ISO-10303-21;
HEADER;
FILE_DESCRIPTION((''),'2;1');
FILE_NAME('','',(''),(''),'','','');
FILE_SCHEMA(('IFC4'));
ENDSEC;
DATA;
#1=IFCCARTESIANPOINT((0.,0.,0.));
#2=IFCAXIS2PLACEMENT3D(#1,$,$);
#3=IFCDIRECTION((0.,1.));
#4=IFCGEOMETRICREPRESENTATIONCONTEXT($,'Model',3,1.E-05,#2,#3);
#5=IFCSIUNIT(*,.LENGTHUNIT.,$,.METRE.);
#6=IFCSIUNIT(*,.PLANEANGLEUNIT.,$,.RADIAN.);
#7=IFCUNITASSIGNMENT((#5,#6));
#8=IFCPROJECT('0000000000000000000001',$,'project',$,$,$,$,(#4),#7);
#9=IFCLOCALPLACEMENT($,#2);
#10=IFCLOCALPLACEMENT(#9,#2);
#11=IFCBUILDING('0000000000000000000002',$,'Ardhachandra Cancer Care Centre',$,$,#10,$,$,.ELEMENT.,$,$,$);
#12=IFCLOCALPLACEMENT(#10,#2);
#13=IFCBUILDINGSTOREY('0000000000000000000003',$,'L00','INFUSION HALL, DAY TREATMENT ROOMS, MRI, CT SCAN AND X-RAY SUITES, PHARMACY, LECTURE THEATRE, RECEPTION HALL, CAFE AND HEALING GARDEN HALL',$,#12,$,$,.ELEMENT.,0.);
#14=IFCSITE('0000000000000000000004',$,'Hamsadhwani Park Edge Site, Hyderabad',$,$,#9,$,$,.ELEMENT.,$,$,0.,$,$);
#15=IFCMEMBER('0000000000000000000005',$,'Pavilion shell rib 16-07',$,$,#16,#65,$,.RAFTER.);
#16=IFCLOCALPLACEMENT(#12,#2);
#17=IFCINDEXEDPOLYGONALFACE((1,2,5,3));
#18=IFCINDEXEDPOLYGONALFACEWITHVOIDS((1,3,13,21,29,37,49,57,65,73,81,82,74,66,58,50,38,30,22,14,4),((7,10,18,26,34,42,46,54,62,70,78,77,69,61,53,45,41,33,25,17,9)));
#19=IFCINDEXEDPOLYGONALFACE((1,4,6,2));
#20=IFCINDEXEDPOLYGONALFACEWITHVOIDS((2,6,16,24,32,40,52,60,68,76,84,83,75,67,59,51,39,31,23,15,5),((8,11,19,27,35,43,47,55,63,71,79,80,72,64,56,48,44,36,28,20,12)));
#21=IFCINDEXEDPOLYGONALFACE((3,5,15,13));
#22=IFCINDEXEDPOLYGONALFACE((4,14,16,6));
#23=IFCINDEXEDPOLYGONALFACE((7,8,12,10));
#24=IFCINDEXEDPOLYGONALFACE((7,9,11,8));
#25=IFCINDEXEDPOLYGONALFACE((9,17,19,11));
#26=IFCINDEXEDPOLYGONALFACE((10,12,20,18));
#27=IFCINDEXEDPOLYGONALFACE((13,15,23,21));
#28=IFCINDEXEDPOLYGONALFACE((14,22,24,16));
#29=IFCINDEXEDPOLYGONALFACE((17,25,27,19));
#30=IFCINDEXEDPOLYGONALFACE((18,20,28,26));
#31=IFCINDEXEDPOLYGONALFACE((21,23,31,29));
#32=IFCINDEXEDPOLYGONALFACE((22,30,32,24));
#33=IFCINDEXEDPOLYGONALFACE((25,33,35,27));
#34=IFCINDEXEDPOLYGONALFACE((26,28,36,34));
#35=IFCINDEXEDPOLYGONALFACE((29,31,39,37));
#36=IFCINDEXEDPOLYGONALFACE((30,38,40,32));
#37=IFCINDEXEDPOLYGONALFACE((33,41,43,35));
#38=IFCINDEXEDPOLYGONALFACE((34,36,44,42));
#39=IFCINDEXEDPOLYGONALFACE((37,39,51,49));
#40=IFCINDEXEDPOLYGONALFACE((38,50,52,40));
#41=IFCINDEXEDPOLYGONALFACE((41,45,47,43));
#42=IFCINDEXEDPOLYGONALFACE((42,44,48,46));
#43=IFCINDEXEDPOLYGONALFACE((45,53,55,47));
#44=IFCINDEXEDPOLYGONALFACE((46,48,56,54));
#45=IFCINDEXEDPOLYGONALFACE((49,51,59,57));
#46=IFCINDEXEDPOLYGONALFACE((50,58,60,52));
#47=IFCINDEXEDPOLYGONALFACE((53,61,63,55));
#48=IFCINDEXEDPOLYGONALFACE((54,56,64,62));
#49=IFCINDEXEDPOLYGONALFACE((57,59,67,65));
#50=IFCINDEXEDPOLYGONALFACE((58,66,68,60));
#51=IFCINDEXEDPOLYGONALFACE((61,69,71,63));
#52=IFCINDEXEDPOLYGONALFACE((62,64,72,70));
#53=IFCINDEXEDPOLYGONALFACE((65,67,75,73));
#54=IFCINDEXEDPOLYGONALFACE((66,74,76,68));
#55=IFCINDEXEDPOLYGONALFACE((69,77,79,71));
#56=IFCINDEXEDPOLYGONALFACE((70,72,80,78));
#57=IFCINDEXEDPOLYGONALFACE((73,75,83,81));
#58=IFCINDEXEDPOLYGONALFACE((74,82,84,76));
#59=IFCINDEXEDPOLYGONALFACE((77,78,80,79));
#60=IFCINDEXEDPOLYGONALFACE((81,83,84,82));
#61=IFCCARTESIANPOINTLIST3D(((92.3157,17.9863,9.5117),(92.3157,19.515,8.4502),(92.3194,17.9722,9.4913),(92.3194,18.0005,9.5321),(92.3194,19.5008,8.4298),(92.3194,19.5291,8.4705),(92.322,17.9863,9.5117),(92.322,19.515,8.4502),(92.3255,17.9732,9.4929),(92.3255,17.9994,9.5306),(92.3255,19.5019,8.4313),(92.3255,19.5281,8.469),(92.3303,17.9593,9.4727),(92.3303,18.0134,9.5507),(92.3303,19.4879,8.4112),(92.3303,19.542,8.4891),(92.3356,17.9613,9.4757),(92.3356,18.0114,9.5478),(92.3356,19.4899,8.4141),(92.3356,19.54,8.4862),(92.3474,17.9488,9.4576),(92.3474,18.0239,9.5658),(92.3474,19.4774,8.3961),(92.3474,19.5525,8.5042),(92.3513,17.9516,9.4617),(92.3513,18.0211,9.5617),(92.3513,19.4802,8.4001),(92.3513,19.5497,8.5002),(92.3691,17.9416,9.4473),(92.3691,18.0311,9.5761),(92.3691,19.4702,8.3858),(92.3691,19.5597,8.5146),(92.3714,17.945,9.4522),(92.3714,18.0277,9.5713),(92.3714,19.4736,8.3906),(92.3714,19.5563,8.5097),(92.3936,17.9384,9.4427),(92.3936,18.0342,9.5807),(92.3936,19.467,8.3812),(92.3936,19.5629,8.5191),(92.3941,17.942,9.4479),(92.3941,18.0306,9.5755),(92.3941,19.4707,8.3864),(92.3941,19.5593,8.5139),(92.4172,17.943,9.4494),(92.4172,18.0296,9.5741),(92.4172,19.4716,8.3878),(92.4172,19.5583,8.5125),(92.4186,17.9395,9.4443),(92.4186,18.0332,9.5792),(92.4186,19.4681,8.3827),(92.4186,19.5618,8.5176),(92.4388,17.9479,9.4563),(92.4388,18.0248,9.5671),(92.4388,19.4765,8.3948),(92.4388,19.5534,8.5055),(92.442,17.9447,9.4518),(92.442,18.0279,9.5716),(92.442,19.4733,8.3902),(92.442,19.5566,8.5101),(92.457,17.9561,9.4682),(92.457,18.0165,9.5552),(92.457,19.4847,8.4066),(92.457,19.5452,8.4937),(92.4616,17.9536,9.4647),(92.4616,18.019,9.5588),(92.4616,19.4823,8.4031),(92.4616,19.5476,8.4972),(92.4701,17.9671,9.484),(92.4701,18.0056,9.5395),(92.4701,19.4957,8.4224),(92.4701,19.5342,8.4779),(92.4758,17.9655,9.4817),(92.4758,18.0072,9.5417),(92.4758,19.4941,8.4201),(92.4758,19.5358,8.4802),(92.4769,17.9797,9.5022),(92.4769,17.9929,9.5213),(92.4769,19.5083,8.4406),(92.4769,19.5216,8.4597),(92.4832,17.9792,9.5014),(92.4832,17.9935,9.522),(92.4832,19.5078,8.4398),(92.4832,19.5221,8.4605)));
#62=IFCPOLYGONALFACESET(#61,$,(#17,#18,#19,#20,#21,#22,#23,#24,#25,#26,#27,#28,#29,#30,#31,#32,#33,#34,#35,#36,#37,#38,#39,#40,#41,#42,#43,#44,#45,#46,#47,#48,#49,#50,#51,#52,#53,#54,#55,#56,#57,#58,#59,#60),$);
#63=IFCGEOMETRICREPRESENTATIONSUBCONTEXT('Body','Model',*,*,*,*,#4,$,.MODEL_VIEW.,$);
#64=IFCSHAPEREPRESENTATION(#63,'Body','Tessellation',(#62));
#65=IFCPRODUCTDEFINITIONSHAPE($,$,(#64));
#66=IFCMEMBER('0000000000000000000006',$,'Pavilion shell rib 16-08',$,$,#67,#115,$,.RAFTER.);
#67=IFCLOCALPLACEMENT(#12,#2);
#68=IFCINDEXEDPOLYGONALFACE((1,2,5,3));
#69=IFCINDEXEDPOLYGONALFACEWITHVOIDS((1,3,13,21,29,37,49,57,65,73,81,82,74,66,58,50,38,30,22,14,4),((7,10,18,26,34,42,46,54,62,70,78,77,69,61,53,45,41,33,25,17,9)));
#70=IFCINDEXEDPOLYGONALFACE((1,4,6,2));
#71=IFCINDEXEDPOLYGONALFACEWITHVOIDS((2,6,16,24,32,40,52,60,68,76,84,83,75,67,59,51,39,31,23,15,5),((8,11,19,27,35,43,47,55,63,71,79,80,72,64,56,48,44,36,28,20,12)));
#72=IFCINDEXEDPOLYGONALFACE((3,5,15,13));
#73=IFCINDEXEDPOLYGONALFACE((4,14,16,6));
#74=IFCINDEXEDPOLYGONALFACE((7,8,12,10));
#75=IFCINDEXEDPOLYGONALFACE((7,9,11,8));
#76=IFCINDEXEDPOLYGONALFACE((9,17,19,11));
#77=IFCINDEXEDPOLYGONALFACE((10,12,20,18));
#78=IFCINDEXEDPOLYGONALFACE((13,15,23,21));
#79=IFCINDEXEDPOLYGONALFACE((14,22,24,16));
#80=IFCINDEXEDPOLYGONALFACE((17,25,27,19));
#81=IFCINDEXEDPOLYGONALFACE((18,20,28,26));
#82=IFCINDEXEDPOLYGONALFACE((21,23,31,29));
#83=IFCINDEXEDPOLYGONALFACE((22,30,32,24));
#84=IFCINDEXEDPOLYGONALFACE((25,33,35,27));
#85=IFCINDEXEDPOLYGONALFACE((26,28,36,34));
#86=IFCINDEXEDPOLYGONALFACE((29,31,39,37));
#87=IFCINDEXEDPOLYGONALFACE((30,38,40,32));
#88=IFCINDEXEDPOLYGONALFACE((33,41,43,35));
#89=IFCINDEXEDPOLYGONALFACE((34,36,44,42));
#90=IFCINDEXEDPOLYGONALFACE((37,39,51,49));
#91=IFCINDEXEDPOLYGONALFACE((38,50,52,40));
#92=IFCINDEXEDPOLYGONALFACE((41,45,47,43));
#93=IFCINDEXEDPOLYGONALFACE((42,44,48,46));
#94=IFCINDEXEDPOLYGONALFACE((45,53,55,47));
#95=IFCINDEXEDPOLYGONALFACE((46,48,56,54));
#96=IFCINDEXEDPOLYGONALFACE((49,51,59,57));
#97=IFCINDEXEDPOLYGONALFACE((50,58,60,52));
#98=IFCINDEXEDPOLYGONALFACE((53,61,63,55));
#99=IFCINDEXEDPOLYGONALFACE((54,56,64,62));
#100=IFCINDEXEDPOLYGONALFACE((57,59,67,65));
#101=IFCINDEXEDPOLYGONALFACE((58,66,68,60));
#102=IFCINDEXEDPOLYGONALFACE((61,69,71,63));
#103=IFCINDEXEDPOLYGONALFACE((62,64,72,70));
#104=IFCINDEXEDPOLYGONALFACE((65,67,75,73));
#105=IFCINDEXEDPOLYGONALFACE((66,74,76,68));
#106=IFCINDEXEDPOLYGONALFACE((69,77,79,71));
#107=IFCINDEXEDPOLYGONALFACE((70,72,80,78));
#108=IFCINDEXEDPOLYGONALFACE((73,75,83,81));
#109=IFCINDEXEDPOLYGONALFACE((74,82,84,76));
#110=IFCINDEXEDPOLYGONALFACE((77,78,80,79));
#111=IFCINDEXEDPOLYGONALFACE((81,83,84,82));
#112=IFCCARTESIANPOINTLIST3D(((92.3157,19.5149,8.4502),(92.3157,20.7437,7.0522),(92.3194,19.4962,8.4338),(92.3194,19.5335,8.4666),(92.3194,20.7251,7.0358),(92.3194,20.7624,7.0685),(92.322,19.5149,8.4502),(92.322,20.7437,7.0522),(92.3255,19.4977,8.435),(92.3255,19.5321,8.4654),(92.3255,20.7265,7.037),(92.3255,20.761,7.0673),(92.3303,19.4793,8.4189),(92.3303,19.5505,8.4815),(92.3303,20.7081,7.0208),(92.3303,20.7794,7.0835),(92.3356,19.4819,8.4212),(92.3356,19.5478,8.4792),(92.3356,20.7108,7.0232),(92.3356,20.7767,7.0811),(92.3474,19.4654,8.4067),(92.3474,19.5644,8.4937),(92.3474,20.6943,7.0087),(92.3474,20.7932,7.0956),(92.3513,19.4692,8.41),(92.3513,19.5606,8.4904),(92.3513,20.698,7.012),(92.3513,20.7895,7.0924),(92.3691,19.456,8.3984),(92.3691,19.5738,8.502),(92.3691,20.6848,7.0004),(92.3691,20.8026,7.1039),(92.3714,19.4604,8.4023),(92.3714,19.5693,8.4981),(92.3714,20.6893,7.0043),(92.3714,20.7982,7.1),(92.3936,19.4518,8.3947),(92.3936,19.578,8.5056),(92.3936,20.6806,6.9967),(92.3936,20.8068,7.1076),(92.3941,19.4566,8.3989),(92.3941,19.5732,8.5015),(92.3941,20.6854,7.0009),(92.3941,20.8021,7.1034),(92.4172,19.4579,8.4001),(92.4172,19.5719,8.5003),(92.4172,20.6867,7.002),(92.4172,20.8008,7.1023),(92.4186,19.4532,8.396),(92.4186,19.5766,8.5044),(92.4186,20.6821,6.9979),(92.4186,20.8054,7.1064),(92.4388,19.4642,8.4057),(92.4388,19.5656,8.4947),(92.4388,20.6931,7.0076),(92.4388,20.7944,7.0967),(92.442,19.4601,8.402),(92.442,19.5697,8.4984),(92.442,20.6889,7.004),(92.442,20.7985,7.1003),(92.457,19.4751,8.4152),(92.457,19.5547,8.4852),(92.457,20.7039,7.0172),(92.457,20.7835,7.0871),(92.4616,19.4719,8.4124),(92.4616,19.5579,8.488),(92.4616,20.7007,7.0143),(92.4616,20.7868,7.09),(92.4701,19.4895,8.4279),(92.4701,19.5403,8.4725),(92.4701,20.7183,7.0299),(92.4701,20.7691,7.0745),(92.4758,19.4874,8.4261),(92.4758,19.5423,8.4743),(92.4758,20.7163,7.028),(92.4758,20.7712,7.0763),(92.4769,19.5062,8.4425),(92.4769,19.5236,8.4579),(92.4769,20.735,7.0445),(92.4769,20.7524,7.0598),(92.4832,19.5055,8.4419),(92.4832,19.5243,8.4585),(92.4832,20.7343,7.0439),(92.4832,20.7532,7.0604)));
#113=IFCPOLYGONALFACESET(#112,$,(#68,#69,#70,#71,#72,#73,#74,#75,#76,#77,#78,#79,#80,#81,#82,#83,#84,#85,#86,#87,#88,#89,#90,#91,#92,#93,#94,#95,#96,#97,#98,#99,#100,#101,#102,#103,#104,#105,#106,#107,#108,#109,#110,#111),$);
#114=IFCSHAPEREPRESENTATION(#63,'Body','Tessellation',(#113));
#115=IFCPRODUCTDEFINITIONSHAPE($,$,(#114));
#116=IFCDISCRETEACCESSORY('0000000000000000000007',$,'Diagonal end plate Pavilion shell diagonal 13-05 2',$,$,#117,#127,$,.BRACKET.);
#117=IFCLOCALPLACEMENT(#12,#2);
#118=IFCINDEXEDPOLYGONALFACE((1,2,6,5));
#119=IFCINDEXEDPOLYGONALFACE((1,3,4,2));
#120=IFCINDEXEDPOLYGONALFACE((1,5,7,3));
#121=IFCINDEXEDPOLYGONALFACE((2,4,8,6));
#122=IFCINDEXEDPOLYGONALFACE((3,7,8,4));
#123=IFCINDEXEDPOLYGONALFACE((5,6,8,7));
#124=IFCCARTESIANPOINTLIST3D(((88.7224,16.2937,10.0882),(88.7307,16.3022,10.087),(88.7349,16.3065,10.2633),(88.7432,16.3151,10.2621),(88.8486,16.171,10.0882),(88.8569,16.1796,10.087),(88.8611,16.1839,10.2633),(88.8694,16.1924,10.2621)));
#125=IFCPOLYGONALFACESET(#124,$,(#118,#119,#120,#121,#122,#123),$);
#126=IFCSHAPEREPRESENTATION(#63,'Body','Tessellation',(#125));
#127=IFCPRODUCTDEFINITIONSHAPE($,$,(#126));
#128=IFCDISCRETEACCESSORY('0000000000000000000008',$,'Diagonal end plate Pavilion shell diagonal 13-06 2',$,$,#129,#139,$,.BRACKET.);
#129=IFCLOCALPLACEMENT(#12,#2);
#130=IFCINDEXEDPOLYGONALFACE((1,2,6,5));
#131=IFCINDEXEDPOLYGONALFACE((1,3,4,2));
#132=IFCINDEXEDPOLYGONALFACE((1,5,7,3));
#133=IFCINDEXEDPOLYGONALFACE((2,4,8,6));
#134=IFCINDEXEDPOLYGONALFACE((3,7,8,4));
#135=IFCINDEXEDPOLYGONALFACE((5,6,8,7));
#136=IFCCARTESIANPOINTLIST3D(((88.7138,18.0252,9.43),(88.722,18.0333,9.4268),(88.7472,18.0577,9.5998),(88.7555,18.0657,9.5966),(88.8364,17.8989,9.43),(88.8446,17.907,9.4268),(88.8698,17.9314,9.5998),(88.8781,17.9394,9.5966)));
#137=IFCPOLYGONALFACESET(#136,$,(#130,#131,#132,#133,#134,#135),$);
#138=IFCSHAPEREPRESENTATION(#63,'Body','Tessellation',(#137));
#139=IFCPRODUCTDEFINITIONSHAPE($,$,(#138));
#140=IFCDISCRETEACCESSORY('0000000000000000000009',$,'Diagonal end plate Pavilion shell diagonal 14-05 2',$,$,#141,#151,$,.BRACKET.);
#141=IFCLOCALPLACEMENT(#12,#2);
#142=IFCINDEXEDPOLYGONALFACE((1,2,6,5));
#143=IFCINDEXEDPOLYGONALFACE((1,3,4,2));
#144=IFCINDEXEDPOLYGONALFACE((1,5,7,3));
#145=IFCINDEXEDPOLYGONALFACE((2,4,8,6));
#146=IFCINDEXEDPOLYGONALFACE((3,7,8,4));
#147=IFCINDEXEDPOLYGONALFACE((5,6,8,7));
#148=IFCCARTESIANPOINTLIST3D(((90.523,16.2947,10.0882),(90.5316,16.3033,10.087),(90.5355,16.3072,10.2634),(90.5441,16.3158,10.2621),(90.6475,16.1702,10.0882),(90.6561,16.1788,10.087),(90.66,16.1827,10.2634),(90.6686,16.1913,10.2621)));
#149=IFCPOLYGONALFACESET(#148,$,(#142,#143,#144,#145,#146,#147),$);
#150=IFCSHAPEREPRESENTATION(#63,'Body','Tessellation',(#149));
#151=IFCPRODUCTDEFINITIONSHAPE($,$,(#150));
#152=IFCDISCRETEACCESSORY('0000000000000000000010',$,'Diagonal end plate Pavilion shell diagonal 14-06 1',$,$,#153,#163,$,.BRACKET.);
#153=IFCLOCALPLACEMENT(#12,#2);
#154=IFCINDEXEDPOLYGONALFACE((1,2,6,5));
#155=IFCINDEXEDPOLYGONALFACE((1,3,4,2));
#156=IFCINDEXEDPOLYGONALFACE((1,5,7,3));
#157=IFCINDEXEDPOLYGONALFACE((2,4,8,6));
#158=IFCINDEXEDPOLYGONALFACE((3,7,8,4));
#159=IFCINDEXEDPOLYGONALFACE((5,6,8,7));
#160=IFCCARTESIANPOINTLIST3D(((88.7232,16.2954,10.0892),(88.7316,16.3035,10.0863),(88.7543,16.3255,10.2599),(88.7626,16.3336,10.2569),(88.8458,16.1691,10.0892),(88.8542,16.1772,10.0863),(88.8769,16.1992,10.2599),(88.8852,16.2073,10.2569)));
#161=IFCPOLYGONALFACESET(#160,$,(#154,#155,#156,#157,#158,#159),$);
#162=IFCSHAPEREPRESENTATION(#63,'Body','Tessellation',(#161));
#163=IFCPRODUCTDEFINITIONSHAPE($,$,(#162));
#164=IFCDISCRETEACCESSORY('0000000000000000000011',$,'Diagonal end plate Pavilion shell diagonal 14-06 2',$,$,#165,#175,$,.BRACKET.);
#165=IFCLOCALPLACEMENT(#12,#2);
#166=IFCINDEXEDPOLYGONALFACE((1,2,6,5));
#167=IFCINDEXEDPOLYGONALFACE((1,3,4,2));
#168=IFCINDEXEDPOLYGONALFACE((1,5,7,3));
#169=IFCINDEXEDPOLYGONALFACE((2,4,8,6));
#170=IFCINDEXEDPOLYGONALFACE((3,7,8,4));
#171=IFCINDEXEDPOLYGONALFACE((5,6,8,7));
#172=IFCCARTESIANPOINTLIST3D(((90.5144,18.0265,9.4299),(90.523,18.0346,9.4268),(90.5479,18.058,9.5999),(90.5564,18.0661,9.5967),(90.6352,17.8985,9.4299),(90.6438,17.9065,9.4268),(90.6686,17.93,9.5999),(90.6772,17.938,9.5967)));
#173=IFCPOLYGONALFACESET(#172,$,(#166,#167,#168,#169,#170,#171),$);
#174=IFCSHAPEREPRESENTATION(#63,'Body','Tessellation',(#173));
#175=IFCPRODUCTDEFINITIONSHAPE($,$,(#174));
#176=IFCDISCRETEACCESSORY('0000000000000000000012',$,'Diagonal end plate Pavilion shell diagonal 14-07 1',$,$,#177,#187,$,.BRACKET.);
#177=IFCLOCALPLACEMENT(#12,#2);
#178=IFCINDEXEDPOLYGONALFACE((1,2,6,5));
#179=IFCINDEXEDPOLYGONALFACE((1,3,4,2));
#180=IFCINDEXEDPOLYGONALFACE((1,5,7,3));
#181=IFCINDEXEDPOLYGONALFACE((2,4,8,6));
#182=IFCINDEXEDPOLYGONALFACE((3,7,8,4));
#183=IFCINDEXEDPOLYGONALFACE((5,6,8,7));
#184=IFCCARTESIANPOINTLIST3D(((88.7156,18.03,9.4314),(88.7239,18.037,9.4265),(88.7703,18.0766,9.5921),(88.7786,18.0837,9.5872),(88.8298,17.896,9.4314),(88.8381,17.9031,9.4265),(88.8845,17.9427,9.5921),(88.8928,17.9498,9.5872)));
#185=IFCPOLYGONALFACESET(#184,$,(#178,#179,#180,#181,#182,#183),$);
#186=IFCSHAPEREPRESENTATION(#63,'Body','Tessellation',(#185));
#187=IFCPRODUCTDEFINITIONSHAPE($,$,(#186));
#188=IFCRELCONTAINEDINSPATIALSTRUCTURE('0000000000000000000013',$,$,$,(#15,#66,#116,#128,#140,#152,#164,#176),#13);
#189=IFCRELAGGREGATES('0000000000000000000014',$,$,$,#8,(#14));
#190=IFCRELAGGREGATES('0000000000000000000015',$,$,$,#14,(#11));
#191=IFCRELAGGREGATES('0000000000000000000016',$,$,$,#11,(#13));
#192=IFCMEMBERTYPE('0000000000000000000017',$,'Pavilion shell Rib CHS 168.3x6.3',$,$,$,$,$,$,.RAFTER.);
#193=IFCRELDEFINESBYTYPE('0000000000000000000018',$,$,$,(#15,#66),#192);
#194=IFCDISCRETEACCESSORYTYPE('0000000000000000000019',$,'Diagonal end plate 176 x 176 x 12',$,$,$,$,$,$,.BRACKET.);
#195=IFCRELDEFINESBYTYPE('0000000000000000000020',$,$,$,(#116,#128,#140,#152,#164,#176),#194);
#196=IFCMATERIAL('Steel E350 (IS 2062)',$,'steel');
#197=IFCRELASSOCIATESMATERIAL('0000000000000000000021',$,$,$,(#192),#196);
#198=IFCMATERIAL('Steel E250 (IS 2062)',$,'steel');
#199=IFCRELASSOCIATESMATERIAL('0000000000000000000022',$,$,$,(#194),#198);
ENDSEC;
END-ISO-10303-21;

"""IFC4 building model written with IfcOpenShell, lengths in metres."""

from ifc_helpers import new_model, si_unit, direction, frame, origin, origin_2d, place, context, subcontext, project, spatial, rectangle, hollow_circle, extrude, material, material_profile, profile_set, type_object, element, save


model = new_model("IFC4")

# Units and contexts
model_context = context("Model", 3, precision=1e-05, world=origin(), true_north=direction((0.0, 1.0)))
body_context = subcontext(model_context, "Body", "Model", "MODEL_VIEW")
ifc_project = project(units=[si_unit("LENGTHUNIT", "METRE"), si_unit("PLANEANGLEUNIT", "RADIAN")], contexts=[model_context])

# Site, building, storey
site_placement = place(None, origin())
site = spatial("IfcSite", under=ifc_project, at=site_placement, Name="Hamsadhwani Park Edge Site, Hyderabad", CompositionType="ELEMENT", RefElevation=0.0)
building_placement = place(site_placement, origin())
building = spatial("IfcBuilding", under=site, at=building_placement, Name="Ardhachandra Cancer Care Centre", CompositionType="ELEMENT")
storey_placement = place(building_placement, origin())
storey = spatial("IfcBuildingStorey", under=building, at=storey_placement, Name="L00", Description="INFUSION HALL, DAY TREATMENT ROOMS, MRI, CT SCAN AND X-RAY SUITES, PHARMACY, LECTURE THEATRE, RECEPTION HALL, CAFE AND HEALING GARDEN HALL", CompositionType="ELEMENT", Elevation=0.0)

# Members
ifc_material_1 = material(Name="Steel E350 (IS 2062)", Category="steel")
ifc_material_profile_1 = material_profile(ifc_material_1, hollow_circle(Radius=0.0842, WallThickness=0.0063, at=origin_2d()), Name="CHS 168.3x6.3")
ifc_profile_set_1 = profile_set([ifc_material_profile_1], Name="Steel E350 (IS 2062)")
member_type_1 = type_object("IfcMemberType", Name="Pavilion shell Rib CHS 168.3x6.3", PredefinedType="RAFTER", material=ifc_profile_set_1)
for number, where, z_axis, x_axis, name in (
    (1, (92.3999, 17.9863, 9.5117), (0.0, 0.821365, -0.570403), (-1.0, 0.0, 0.0), "Pavilion shell rib 16-07"),
):
    element("IfcMember", number, at=place(storey_placement, frame(where, z_axis=z_axis, x_axis=x_axis)), inside=storey, type_object=member_type_1, Name=name, PredefinedType="RAFTER", context=body_context, shape_type="SweptSolid", body=[
        extrude(hollow_circle(Radius=0.0842, WallThickness=0.0063, at=origin_2d()), origin(), (0.0, 0.0, 1.0), 1.8611),
    ])
member_1_placement = place(storey_placement, frame((92.3999, 19.5149, 8.4502), z_axis=(0.0, 0.660193, -0.751096), x_axis=(-1.0, 0.0, 0.0)))
element("IfcMember", 2, at=member_1_placement, inside=storey, type_object=member_type_1, Name="Pavilion shell rib 16-08", PredefinedType="RAFTER", context=body_context, shape_type="SweptSolid", body=[
    extrude(hollow_circle(Radius=0.0842, WallThickness=0.0063, at=origin_2d()), origin(), (0.0, 0.0, 1.0), 1.8613),
])

# Discrete accessories
ifc_material_2 = material(Name="Steel E250 (IS 2062)", Category="steel")
ifc_material_profile_2 = material_profile(ifc_material_2, rectangle(XDim=0.176, YDim=0.176, at=origin_2d()), Name="PL 176x176x12")
ifc_profile_set_2 = profile_set([ifc_material_profile_2], Name="Steel E250 (IS 2062)")
discrete_accessory_type = type_object("IfcDiscreteAccessoryType", Name="Diagonal end plate 176 x 176 x 12", PredefinedType="BRACKET", material=ifc_profile_set_2)
for number, where, z_axis, x_axis, name in (
    (3, (88.8, 16.2473, 10.1746), (-0.693156, -0.713543, 0.101935), (0.717279, -0.696786, 0.0), "Diagonal end plate Pavilion shell diagonal 13-05 2"),
    (4, (88.8, 17.9863, 9.5117), (-0.692007, -0.671654, 0.264591), (0.696475, -0.717581, 0.0), "Diagonal end plate Pavilion shell diagonal 13-06 2"),
):
    element("IfcDiscreteAccessory", number, at=place(storey_placement, frame(where, z_axis=z_axis, x_axis=x_axis)), inside=storey, type_object=discrete_accessory_type, Name=name, PredefinedType="BRACKET", context=body_context, shape_type="SweptSolid", body=[
        extrude(rectangle(XDim=0.176, YDim=0.176, at=origin_2d()), origin(), (0.0, 0.0, 1.0), 0.012),
    ])
discrete_accessory_1_placement = place(storey_placement, frame((90.6001, 16.2473, 10.1746), z_axis=(-0.703526, -0.703526, 0.100504), x_axis=(0.707107, -0.707107, 0.0)))
element("IfcDiscreteAccessory", 5, at=discrete_accessory_1_placement, inside=storey, type_object=discrete_accessory_type, Name="Diagonal end plate Pavilion shell diagonal 14-05 2", PredefinedType="BRACKET", context=body_context, shape_type="SweptSolid", body=[
    extrude(rectangle(XDim=0.176, YDim=0.176, at=origin_2d()), origin(), (0.0, 0.0, 1.0), 0.0122),
])
discrete_accessory_2_placement = place(storey_placement, frame((88.8, 16.2473, 10.1746), z_axis=(0.695618, 0.675159, -0.245512), x_axis=(-0.696475, 0.717581, 0.0)))
element("IfcDiscreteAccessory", 6, at=discrete_accessory_2_placement, inside=storey, type_object=discrete_accessory_type, Name="Diagonal end plate Pavilion shell diagonal 14-06 1", PredefinedType="BRACKET", context=body_context, shape_type="SweptSolid", body=[
    extrude(rectangle(XDim=0.176, YDim=0.176, at=origin_2d()), origin(), (0.0, 0.0, 1.0), 0.012),
])
discrete_accessory_3_placement = place(storey_placement, frame((90.6001, 17.9863, 9.5117), z_axis=(-0.702392, -0.662256, 0.260889), x_axis=(0.686013, -0.727589, 0.0)))
element("IfcDiscreteAccessory", 7, at=discrete_accessory_3_placement, inside=storey, type_object=discrete_accessory_type, Name="Diagonal end plate Pavilion shell diagonal 14-06 2", PredefinedType="BRACKET", context=body_context, shape_type="SweptSolid", body=[
    extrude(rectangle(XDim=0.176, YDim=0.176, at=origin_2d()), origin(), (0.0, 0.0, 1.0), 0.0122),
])
discrete_accessory_4_placement = place(storey_placement, frame((88.8, 17.9863, 9.5117), z_axis=(0.694456, 0.59233, -0.408504), x_axis=(-0.648947, 0.760834, 0.0)))
element("IfcDiscreteAccessory", 8, at=discrete_accessory_4_placement, inside=storey, type_object=discrete_accessory_type, Name="Diagonal end plate Pavilion shell diagonal 14-07 1", PredefinedType="BRACKET", context=body_context, shape_type="SweptSolid", body=[
    extrude(rectangle(XDim=0.176, YDim=0.176, at=origin_2d()), origin(), (0.0, 0.0, 1.0), 0.012),
])

save(model, "model.ifc")
